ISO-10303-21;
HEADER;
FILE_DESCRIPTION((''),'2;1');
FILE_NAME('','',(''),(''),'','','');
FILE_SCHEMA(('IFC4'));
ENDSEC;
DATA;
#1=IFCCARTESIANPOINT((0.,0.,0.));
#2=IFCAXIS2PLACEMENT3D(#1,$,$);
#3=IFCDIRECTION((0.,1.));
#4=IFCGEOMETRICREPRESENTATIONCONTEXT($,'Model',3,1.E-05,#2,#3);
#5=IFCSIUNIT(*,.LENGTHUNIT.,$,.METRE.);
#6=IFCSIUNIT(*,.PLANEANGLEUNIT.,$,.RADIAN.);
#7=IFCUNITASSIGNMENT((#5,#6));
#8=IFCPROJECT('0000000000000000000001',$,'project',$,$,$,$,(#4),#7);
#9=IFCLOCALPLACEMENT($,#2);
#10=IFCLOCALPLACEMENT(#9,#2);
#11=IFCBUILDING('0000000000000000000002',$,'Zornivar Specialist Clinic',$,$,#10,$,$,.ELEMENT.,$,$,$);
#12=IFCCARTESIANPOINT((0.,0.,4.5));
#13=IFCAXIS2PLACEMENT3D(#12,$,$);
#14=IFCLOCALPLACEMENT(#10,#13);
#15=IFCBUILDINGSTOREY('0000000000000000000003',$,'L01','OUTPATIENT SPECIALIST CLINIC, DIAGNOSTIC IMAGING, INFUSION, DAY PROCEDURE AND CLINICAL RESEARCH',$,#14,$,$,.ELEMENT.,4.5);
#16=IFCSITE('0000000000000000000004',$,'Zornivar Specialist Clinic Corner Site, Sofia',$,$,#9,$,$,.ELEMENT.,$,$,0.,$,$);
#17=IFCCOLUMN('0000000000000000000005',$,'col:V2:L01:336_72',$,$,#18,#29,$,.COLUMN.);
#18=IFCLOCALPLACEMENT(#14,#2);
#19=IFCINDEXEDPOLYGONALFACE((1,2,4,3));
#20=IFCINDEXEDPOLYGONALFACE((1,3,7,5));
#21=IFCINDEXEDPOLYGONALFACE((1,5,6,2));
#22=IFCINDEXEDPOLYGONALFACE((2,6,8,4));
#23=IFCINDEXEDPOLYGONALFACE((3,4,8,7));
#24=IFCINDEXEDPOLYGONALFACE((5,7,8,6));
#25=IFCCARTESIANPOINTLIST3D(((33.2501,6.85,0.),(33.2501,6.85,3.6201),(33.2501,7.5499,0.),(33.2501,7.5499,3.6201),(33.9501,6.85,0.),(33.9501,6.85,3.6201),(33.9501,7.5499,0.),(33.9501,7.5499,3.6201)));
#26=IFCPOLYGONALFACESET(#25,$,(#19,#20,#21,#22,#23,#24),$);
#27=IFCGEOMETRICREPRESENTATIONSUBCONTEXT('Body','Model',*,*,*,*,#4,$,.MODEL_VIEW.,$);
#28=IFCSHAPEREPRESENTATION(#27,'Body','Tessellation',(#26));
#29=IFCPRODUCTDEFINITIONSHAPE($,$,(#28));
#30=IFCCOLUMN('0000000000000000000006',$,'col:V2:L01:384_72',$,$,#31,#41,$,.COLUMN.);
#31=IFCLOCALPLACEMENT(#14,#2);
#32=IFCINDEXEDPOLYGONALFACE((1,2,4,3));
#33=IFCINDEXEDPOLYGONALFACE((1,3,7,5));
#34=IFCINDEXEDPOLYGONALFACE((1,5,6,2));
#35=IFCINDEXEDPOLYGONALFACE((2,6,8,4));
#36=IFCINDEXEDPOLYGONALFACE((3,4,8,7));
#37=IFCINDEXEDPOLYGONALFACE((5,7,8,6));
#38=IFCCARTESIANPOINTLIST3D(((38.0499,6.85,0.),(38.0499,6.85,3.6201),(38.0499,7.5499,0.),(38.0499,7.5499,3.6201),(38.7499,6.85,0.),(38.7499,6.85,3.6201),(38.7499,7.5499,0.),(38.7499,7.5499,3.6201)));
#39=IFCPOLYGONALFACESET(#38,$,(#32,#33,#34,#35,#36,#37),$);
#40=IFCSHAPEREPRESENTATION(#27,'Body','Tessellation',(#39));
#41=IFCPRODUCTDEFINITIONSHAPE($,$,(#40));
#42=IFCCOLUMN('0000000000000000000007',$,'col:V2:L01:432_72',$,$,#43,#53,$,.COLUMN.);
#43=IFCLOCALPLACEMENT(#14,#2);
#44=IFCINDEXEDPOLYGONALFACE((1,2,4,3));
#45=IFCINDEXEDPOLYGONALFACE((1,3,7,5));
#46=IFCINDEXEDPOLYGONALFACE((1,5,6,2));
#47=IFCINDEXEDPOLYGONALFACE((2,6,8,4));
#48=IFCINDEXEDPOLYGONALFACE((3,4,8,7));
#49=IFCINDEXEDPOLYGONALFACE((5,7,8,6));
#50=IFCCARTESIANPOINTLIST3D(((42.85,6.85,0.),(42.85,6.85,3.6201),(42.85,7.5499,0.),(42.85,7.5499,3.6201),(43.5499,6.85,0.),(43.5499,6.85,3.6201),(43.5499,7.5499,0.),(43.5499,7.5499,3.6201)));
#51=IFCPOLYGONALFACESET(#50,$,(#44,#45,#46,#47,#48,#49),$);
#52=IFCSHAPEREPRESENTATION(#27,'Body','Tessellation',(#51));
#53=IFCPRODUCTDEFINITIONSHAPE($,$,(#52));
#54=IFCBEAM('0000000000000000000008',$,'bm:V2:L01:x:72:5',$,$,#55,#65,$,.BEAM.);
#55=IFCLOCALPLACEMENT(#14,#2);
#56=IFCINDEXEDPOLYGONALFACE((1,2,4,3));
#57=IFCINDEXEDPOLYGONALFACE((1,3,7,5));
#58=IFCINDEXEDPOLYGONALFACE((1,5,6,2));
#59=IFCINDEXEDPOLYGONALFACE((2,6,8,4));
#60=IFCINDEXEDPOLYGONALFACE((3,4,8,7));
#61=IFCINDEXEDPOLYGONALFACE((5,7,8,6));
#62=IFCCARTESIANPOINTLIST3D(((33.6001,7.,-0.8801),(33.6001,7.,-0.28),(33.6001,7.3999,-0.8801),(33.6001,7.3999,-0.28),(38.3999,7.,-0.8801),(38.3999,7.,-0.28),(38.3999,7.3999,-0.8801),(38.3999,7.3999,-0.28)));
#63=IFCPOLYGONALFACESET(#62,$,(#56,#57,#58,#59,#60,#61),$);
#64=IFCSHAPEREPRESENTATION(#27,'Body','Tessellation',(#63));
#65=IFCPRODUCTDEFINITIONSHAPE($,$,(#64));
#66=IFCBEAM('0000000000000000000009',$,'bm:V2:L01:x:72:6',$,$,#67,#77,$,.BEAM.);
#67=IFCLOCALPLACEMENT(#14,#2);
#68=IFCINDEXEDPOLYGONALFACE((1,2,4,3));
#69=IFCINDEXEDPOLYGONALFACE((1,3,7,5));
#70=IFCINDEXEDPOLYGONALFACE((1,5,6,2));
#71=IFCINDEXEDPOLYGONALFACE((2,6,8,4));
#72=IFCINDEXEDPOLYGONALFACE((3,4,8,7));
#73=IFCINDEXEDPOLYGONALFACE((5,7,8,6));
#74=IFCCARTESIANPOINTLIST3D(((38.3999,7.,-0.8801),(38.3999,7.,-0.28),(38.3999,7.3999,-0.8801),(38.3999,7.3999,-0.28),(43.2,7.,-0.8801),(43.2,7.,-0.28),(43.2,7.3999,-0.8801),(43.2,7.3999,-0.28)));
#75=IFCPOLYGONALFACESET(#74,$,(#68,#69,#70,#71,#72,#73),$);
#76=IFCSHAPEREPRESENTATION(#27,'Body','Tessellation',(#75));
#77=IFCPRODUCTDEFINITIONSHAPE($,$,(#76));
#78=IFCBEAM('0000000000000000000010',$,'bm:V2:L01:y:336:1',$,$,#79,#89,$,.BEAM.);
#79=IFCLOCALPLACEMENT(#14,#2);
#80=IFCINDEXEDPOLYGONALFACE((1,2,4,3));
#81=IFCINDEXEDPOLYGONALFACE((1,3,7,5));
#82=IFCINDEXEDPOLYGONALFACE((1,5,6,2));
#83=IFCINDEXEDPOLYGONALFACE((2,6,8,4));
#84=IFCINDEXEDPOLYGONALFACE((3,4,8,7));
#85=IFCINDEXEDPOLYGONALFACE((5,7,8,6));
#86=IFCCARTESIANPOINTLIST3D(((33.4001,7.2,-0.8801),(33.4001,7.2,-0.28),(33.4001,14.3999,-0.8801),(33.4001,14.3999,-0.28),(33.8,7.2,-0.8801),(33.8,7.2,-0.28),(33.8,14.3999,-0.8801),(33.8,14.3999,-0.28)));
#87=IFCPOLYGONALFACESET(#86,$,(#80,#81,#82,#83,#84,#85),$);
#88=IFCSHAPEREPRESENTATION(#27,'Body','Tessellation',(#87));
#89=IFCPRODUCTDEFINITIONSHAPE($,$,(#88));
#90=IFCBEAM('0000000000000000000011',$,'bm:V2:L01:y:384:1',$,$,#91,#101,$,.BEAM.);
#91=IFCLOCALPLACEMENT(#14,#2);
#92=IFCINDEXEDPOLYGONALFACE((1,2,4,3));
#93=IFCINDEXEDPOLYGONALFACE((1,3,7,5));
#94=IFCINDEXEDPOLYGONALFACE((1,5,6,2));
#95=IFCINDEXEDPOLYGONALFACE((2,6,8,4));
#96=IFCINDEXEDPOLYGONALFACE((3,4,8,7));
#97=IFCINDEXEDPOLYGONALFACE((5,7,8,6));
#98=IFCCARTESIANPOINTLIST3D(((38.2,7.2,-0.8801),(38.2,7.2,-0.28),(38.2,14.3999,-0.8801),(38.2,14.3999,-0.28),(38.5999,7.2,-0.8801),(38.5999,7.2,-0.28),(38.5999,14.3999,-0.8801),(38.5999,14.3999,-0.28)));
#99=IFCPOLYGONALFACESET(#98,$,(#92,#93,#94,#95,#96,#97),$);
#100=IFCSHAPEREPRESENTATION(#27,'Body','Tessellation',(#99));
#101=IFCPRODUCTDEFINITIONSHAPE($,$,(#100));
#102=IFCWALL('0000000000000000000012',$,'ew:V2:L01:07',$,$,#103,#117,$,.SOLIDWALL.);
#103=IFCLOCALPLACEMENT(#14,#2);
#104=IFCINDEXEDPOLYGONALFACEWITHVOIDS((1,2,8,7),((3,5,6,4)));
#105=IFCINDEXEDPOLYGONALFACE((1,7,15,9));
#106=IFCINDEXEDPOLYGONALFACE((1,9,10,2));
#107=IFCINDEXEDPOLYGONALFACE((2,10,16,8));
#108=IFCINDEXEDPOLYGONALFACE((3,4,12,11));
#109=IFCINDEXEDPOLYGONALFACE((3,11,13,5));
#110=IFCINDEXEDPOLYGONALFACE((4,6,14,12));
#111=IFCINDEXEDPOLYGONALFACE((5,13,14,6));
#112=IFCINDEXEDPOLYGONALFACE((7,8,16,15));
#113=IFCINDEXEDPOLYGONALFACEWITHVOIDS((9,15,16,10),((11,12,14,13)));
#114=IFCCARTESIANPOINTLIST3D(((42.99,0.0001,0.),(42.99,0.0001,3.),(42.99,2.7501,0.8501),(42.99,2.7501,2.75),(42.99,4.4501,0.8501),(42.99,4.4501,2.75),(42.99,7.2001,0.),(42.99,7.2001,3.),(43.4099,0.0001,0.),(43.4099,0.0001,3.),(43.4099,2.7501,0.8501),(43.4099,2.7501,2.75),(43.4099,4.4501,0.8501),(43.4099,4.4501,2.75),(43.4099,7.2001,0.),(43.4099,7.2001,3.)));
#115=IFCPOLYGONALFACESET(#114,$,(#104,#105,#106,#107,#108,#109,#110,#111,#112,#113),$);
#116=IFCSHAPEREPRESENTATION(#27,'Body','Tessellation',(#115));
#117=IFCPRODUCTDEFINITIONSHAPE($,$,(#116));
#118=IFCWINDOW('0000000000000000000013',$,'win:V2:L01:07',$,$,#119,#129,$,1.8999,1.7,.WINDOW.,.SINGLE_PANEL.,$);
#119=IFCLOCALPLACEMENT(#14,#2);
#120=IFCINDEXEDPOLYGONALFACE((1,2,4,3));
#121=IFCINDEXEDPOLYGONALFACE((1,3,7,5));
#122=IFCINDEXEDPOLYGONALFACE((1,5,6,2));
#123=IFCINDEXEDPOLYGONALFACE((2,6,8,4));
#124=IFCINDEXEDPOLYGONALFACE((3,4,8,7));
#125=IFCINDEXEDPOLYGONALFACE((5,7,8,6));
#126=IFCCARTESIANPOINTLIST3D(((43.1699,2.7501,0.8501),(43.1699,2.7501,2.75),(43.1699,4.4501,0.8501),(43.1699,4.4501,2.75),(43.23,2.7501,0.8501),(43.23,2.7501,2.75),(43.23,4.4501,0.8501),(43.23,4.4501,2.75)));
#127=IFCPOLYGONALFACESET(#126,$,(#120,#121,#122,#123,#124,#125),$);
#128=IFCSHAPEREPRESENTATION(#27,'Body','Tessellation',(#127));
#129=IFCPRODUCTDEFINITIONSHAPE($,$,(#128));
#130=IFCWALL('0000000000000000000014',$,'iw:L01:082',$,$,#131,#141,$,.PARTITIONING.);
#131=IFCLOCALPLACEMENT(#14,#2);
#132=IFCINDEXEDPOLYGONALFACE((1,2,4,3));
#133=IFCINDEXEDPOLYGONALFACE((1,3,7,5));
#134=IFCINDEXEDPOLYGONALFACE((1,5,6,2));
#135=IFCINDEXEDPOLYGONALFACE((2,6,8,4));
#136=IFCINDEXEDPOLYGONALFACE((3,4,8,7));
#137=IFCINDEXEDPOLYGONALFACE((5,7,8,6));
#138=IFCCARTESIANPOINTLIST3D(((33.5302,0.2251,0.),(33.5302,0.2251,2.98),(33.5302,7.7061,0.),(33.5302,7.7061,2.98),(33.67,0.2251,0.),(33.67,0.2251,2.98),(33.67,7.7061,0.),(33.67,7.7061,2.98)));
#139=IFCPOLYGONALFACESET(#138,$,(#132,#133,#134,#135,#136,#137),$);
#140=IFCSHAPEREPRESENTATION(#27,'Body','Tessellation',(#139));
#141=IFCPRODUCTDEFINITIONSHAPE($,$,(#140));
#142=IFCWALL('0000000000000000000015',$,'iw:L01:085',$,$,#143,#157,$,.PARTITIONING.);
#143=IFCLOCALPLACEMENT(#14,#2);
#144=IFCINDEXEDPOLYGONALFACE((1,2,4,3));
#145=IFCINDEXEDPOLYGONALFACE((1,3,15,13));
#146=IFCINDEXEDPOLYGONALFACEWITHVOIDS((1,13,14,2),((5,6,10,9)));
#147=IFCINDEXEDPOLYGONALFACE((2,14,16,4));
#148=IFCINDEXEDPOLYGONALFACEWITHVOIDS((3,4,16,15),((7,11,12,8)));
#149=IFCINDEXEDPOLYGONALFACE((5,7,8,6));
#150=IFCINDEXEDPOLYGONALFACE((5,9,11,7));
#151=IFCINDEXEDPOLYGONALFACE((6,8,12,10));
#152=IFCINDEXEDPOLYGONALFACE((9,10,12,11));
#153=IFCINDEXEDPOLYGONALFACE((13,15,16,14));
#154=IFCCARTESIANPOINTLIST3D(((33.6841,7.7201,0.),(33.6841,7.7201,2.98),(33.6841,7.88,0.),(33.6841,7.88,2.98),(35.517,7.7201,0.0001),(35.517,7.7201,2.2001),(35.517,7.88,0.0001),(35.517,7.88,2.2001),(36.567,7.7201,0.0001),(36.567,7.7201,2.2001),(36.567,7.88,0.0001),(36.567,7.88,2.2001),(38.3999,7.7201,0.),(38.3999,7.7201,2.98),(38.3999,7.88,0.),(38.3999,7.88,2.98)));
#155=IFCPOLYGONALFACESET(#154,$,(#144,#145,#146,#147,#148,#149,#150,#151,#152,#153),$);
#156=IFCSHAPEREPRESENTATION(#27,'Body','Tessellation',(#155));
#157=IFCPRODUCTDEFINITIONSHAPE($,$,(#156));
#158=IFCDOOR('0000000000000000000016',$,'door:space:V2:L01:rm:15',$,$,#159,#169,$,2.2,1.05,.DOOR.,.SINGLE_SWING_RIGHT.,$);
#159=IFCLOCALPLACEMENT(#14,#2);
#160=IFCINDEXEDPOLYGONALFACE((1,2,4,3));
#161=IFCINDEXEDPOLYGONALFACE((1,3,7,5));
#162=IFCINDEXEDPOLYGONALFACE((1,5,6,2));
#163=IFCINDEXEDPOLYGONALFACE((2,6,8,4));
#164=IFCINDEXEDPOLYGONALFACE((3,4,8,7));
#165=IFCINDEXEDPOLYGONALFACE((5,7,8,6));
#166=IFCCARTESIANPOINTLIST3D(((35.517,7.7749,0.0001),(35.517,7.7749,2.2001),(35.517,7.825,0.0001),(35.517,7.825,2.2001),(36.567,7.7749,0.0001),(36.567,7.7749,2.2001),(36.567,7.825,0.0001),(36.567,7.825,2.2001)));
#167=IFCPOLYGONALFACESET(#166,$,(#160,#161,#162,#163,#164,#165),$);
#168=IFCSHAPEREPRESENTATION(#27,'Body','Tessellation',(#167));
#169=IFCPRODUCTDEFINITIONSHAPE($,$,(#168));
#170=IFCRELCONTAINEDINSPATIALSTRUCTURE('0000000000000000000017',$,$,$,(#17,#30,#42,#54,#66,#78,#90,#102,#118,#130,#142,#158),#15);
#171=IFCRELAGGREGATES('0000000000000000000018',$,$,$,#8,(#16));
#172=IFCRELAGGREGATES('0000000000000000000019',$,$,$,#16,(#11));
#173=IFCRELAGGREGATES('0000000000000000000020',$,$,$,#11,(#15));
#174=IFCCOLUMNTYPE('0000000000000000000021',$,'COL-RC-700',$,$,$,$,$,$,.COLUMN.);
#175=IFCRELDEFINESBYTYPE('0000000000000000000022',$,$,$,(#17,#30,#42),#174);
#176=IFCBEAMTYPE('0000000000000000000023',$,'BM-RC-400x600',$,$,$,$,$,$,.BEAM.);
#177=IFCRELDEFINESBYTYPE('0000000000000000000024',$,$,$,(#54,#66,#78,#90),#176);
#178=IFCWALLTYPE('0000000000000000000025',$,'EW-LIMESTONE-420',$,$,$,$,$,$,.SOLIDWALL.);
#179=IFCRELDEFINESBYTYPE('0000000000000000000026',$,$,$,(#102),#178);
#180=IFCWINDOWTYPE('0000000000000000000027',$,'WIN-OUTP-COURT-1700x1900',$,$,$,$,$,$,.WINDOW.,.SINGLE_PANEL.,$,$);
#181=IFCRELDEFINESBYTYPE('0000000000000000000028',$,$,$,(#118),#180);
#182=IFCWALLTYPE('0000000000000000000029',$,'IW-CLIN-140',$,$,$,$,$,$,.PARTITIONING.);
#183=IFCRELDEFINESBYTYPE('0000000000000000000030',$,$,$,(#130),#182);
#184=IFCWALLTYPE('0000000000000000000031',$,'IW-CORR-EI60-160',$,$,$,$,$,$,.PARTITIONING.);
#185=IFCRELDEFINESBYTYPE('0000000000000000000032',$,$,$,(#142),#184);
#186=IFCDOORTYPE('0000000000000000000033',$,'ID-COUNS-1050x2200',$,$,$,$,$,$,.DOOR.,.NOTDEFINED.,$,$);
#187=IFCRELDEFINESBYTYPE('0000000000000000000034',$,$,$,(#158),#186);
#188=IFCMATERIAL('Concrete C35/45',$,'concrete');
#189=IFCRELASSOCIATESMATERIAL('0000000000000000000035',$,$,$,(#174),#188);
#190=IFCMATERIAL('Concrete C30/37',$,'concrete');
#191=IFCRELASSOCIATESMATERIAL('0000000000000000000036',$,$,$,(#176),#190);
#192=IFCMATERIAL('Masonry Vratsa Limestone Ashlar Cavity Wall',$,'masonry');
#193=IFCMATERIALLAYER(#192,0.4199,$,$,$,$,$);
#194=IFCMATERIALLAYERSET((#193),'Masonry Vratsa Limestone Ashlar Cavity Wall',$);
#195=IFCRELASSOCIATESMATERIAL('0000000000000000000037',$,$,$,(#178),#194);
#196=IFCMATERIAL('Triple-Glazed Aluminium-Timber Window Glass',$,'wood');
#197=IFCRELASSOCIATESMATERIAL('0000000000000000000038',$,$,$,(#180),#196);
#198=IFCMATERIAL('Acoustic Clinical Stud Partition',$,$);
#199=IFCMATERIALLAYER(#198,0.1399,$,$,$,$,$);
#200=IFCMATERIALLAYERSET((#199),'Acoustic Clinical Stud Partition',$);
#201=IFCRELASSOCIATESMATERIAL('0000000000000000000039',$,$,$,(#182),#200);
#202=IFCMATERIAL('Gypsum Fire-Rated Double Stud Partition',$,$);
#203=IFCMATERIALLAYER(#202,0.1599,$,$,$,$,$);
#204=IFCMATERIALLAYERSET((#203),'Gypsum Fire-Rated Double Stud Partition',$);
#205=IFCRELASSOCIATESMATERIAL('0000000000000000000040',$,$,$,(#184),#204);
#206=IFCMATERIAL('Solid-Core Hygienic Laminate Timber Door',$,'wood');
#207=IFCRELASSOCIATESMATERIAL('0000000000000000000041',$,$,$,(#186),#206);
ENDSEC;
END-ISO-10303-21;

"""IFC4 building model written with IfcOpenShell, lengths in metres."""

from ifc_helpers import new_model, si_unit, direction, frame, frame_2d, origin, origin_2d, place, context, subcontext, project, spatial, rectangle, extrude, material, layer, layer_set, material_profile, profile_set, type_object, element, fill, save


model = new_model("IFC4")

# Units and contexts
model_context = context("Model", 3, precision=1e-05, world=origin(), true_north=direction((0.0, 1.0)))
body_context = subcontext(model_context, "Body", "Model", "MODEL_VIEW")
ifc_project = project(units=[si_unit("LENGTHUNIT", "METRE"), si_unit("PLANEANGLEUNIT", "RADIAN")], contexts=[model_context])

# Site, building, storey
site_placement = place(None, origin())
site = spatial("IfcSite", under=ifc_project, at=site_placement, Name="Zornivar Specialist Clinic Corner Site, Sofia", CompositionType="ELEMENT", RefElevation=0.0)
building_placement = place(site_placement, origin())
building = spatial("IfcBuilding", under=site, at=building_placement, Name="Zornivar Specialist Clinic", CompositionType="ELEMENT")
storey_placement = place(building_placement, frame((0.0, 0.0, 4.5)))
storey = spatial("IfcBuildingStorey", under=building, at=storey_placement, Name="L01", Description="OUTPATIENT SPECIALIST CLINIC, DIAGNOSTIC IMAGING, INFUSION, DAY PROCEDURE AND CLINICAL RESEARCH", CompositionType="ELEMENT", Elevation=4.5)

# Columns
ifc_material_1 = material(Name="Concrete C35/45", Category="concrete")
ifc_material_profile_1 = material_profile(ifc_material_1, rectangle(XDim=0.7, YDim=0.7, at=origin_2d()), Name="RC 700x700")
ifc_profile_set_1 = profile_set([ifc_material_profile_1], Name="Concrete C35/45")
column_type = type_object("IfcColumnType", Name="COL-RC-700", PredefinedType="COLUMN", material=ifc_profile_set_1)
for number, where, z_axis, x_axis, name in (
    (1, (33.6001, 7.2, 0.0), (0.0, 0.0, 1.0), (1.0, 0.0, 0.0), "col:V2:L01:336_72"),
    (2, (38.3999, 7.2, 0.0), (0.0, 0.0, 1.0), (1.0, 0.0, 0.0), "col:V2:L01:384_72"),
    (3, (43.2, 7.2, 0.0), (0.0, 0.0, 1.0), (1.0, 0.0, 0.0), "col:V2:L01:432_72"),
):
    element("IfcColumn", number, at=place(storey_placement, frame(where, z_axis=z_axis, x_axis=x_axis)), inside=storey, type_object=column_type, Name=name, PredefinedType="COLUMN", context=body_context, shape_type="SweptSolid", body=[
        extrude(rectangle(XDim=0.7, YDim=0.7, at=origin_2d()), origin(), (0.0, 0.0, 1.0), 3.6201),
    ])

# Beams
ifc_material_2 = material(Name="Concrete C30/37", Category="concrete")
ifc_material_profile_2 = material_profile(ifc_material_2, rectangle(XDim=0.3999, YDim=0.6001, at=origin_2d()), Name="RC 400x600")
ifc_profile_set_2 = profile_set([ifc_material_profile_2], Name="Concrete C30/37")
beam_type = type_object("IfcBeamType", Name="BM-RC-400x600", PredefinedType="BEAM", material=ifc_profile_set_2)
beam_1_placement = place(storey_placement, frame((33.6001, 7.2, -0.5801), z_axis=(1.0, 0.0, 0.0), x_axis=(0.0, 1.0, 0.0)))
element("IfcBeam", 4, at=beam_1_placement, inside=storey, type_object=beam_type, Name="bm:V2:L01:x:72:5", PredefinedType="BEAM", context=body_context, shape_type="SweptSolid", body=[
    extrude(rectangle(XDim=0.3999, YDim=0.6001, at=origin_2d()), origin(), (0.0, 0.0, 1.0), 4.7998),
])
beam_2_placement = place(storey_placement, frame((38.3999, 7.2, -0.5801), z_axis=(1.0, 0.0, 0.0), x_axis=(0.0, 1.0, 0.0)))
element("IfcBeam", 5, at=beam_2_placement, inside=storey, type_object=beam_type, Name="bm:V2:L01:x:72:6", PredefinedType="BEAM", context=body_context, shape_type="SweptSolid", body=[
    extrude(rectangle(XDim=0.3999, YDim=0.6001, at=origin_2d()), origin(), (0.0, 0.0, 1.0), 4.8),
])
for number, where, z_axis, x_axis, name in (
    (6, (33.6001, 7.2, -0.5801), (0.0, 1.0, 0.0), (-1.0, 0.0, 0.0), "bm:V2:L01:y:336:1"),
    (7, (38.3999, 7.2, -0.5801), (0.0, 1.0, 0.0), (-1.0, 0.0, 0.0), "bm:V2:L01:y:384:1"),
):
    element("IfcBeam", number, at=place(storey_placement, frame(where, z_axis=z_axis, x_axis=x_axis)), inside=storey, type_object=beam_type, Name=name, PredefinedType="BEAM", context=body_context, shape_type="SweptSolid", body=[
        extrude(rectangle(XDim=0.3999, YDim=0.6001, at=origin_2d()), origin(), (0.0, 0.0, 1.0), 7.2),
    ])

# Wall, opening, window
ifc_material_3 = material(Name="Masonry Vratsa Limestone Ashlar Cavity Wall", Category="masonry")
ifc_layer_1 = layer(ifc_material_3, 0.4199)
ifc_layer_set_1 = layer_set([ifc_layer_1], Name="Masonry Vratsa Limestone Ashlar Cavity Wall")
wall_type_1 = type_object("IfcWallType", Name="EW-LIMESTONE-420", PredefinedType="SOLIDWALL", material=ifc_layer_set_1)
wall_1_placement = place(storey_placement, frame((43.2, 0.0, 0.0), z_axis=(0.0, 0.0, 1.0), x_axis=(0.0, 1.0, 0.0)))
wall_1 = element("IfcWall", 8, at=wall_1_placement, inside=storey, type_object=wall_type_1, Name="ew:V2:L01:07", PredefinedType="SOLIDWALL", context=body_context, shape_type="SweptSolid", body=[
    extrude(rectangle(XDim=7.2, YDim=0.4199, at=frame_2d((3.6001, 0.0))), origin(), (0.0, 0.0, 1.0), 3.0),
])
opening_1_placement = place(wall_1_placement, frame((2.75, 0.0, 0.8501)))
opening_1 = element("IfcOpeningElement", 9, at=opening_1_placement, cuts=wall_1, PredefinedType="OPENING", context=body_context, shape_type="SweptSolid", body=[
    extrude(rectangle(XDim=1.7, YDim=1.8999, at=frame_2d((0.8501, 0.95))), frame((0.0, 0.22, 0.0), z_axis=(0.0, -1.0, 0.0), x_axis=(1.0, 0.0, 0.0)), (0.0, 0.0, 1.0), 0.4399),
])
ifc_material_4 = material(Name="Triple-Glazed Aluminium-Timber Window Glass", Category="wood")
window_type = type_object("IfcWindowType", Name="WIN-OUTP-COURT-1700x1900", PartitioningType="SINGLE_PANEL", PredefinedType="WINDOW", material=ifc_material_4)
window_placement = place(opening_1_placement, origin())
window = element("IfcWindow", 10, at=window_placement, inside=storey, type_object=window_type, Name="win:V2:L01:07", OverallHeight=1.8999, OverallWidth=1.7, PartitioningType="SINGLE_PANEL", PredefinedType="WINDOW", context=body_context, shape_type="SweptSolid", body=[
    extrude(rectangle(XDim=1.7, YDim=1.8999, at=frame_2d((0.8501, 0.95))), frame((0.0, 0.03, 0.0), z_axis=(0.0, -1.0, 0.0), x_axis=(1.0, 0.0, 0.0)), (0.0, 0.0, 1.0), 0.0601),
])
fill(opening_1, window)

# Wall
ifc_material_5 = material(Name="Acoustic Clinical Stud Partition")
ifc_layer_2 = layer(ifc_material_5, 0.1399)
ifc_layer_set_2 = layer_set([ifc_layer_2], Name="Acoustic Clinical Stud Partition")
wall_type_2 = type_object("IfcWallType", Name="IW-CLIN-140", PredefinedType="PARTITIONING", material=ifc_layer_set_2)
wall_2_placement = place(storey_placement, frame((33.6001, 7.7061, 0.0), z_axis=(0.0, 0.0, 1.0), x_axis=(0.0, -1.0, 0.0)))
element("IfcWall", 11, at=wall_2_placement, inside=storey, type_object=wall_type_2, Name="iw:L01:082", PredefinedType="PARTITIONING", context=body_context, shape_type="SweptSolid", body=[
    extrude(rectangle(XDim=7.481, YDim=0.1399, at=frame_2d((3.7405, 0.0))), origin(), (0.0, 0.0, 1.0), 2.98),
])

# Wall, opening, door
ifc_material_6 = material(Name="Gypsum Fire-Rated Double Stud Partition")
ifc_layer_3 = layer(ifc_material_6, 0.1599)
ifc_layer_set_3 = layer_set([ifc_layer_3], Name="Gypsum Fire-Rated Double Stud Partition")
wall_type_3 = type_object("IfcWallType", Name="IW-CORR-EI60-160", PredefinedType="PARTITIONING", material=ifc_layer_set_3)
wall_3_placement = place(storey_placement, frame((33.6841, 7.8, 0.0), z_axis=(0.0, 0.0, 1.0), x_axis=(1.0, 0.0, 0.0)))
wall_3 = element("IfcWall", 12, at=wall_3_placement, inside=storey, type_object=wall_type_3, Name="iw:L01:085", PredefinedType="PARTITIONING", context=body_context, shape_type="SweptSolid", body=[
    extrude(rectangle(XDim=4.7158, YDim=0.1599, at=frame_2d((2.3579, 0.0))), origin(), (0.0, 0.0, 1.0), 2.98),
])
opening_2_placement = place(wall_3_placement, frame((1.833, 0.0, 0.0)))
opening_2 = element("IfcOpeningElement", 13, at=opening_2_placement, cuts=wall_3, PredefinedType="OPENING", context=body_context, shape_type="SweptSolid", body=[
    extrude(rectangle(XDim=1.05, YDim=2.2, at=frame_2d((0.5249, 1.1001))), frame((0.0, 0.0898, 0.0), z_axis=(0.0, -1.0, 0.0), x_axis=(1.0, 0.0, 0.0)), (0.0, 0.0, 1.0), 0.1799),
])
ifc_material_7 = material(Name="Solid-Core Hygienic Laminate Timber Door", Category="wood")
door_type_1 = type_object("IfcDoorType", Name="ID-COUNS-1050x2200", OperationType="NOTDEFINED", PredefinedType="DOOR", material=ifc_material_7)
door_1_placement = place(opening_2_placement, origin())
door_1 = element("IfcDoor", 14, at=door_1_placement, inside=storey, type_object=door_type_1, Name="door:space:V2:L01:rm:15", OperationType="SINGLE_SWING_RIGHT", OverallHeight=2.2, OverallWidth=1.05, PredefinedType="DOOR", context=body_context, shape_type="SweptSolid", body=[
    extrude(rectangle(XDim=1.05, YDim=2.2, at=frame_2d((0.5249, 1.1001))), frame((0.0, 0.0249, 0.0), z_axis=(0.0, -1.0, 0.0), x_axis=(1.0, 0.0, 0.0)), (0.0, 0.0, 1.0), 0.05),
])
fill(opening_2, door_1)

save(model, "model.ifc")
